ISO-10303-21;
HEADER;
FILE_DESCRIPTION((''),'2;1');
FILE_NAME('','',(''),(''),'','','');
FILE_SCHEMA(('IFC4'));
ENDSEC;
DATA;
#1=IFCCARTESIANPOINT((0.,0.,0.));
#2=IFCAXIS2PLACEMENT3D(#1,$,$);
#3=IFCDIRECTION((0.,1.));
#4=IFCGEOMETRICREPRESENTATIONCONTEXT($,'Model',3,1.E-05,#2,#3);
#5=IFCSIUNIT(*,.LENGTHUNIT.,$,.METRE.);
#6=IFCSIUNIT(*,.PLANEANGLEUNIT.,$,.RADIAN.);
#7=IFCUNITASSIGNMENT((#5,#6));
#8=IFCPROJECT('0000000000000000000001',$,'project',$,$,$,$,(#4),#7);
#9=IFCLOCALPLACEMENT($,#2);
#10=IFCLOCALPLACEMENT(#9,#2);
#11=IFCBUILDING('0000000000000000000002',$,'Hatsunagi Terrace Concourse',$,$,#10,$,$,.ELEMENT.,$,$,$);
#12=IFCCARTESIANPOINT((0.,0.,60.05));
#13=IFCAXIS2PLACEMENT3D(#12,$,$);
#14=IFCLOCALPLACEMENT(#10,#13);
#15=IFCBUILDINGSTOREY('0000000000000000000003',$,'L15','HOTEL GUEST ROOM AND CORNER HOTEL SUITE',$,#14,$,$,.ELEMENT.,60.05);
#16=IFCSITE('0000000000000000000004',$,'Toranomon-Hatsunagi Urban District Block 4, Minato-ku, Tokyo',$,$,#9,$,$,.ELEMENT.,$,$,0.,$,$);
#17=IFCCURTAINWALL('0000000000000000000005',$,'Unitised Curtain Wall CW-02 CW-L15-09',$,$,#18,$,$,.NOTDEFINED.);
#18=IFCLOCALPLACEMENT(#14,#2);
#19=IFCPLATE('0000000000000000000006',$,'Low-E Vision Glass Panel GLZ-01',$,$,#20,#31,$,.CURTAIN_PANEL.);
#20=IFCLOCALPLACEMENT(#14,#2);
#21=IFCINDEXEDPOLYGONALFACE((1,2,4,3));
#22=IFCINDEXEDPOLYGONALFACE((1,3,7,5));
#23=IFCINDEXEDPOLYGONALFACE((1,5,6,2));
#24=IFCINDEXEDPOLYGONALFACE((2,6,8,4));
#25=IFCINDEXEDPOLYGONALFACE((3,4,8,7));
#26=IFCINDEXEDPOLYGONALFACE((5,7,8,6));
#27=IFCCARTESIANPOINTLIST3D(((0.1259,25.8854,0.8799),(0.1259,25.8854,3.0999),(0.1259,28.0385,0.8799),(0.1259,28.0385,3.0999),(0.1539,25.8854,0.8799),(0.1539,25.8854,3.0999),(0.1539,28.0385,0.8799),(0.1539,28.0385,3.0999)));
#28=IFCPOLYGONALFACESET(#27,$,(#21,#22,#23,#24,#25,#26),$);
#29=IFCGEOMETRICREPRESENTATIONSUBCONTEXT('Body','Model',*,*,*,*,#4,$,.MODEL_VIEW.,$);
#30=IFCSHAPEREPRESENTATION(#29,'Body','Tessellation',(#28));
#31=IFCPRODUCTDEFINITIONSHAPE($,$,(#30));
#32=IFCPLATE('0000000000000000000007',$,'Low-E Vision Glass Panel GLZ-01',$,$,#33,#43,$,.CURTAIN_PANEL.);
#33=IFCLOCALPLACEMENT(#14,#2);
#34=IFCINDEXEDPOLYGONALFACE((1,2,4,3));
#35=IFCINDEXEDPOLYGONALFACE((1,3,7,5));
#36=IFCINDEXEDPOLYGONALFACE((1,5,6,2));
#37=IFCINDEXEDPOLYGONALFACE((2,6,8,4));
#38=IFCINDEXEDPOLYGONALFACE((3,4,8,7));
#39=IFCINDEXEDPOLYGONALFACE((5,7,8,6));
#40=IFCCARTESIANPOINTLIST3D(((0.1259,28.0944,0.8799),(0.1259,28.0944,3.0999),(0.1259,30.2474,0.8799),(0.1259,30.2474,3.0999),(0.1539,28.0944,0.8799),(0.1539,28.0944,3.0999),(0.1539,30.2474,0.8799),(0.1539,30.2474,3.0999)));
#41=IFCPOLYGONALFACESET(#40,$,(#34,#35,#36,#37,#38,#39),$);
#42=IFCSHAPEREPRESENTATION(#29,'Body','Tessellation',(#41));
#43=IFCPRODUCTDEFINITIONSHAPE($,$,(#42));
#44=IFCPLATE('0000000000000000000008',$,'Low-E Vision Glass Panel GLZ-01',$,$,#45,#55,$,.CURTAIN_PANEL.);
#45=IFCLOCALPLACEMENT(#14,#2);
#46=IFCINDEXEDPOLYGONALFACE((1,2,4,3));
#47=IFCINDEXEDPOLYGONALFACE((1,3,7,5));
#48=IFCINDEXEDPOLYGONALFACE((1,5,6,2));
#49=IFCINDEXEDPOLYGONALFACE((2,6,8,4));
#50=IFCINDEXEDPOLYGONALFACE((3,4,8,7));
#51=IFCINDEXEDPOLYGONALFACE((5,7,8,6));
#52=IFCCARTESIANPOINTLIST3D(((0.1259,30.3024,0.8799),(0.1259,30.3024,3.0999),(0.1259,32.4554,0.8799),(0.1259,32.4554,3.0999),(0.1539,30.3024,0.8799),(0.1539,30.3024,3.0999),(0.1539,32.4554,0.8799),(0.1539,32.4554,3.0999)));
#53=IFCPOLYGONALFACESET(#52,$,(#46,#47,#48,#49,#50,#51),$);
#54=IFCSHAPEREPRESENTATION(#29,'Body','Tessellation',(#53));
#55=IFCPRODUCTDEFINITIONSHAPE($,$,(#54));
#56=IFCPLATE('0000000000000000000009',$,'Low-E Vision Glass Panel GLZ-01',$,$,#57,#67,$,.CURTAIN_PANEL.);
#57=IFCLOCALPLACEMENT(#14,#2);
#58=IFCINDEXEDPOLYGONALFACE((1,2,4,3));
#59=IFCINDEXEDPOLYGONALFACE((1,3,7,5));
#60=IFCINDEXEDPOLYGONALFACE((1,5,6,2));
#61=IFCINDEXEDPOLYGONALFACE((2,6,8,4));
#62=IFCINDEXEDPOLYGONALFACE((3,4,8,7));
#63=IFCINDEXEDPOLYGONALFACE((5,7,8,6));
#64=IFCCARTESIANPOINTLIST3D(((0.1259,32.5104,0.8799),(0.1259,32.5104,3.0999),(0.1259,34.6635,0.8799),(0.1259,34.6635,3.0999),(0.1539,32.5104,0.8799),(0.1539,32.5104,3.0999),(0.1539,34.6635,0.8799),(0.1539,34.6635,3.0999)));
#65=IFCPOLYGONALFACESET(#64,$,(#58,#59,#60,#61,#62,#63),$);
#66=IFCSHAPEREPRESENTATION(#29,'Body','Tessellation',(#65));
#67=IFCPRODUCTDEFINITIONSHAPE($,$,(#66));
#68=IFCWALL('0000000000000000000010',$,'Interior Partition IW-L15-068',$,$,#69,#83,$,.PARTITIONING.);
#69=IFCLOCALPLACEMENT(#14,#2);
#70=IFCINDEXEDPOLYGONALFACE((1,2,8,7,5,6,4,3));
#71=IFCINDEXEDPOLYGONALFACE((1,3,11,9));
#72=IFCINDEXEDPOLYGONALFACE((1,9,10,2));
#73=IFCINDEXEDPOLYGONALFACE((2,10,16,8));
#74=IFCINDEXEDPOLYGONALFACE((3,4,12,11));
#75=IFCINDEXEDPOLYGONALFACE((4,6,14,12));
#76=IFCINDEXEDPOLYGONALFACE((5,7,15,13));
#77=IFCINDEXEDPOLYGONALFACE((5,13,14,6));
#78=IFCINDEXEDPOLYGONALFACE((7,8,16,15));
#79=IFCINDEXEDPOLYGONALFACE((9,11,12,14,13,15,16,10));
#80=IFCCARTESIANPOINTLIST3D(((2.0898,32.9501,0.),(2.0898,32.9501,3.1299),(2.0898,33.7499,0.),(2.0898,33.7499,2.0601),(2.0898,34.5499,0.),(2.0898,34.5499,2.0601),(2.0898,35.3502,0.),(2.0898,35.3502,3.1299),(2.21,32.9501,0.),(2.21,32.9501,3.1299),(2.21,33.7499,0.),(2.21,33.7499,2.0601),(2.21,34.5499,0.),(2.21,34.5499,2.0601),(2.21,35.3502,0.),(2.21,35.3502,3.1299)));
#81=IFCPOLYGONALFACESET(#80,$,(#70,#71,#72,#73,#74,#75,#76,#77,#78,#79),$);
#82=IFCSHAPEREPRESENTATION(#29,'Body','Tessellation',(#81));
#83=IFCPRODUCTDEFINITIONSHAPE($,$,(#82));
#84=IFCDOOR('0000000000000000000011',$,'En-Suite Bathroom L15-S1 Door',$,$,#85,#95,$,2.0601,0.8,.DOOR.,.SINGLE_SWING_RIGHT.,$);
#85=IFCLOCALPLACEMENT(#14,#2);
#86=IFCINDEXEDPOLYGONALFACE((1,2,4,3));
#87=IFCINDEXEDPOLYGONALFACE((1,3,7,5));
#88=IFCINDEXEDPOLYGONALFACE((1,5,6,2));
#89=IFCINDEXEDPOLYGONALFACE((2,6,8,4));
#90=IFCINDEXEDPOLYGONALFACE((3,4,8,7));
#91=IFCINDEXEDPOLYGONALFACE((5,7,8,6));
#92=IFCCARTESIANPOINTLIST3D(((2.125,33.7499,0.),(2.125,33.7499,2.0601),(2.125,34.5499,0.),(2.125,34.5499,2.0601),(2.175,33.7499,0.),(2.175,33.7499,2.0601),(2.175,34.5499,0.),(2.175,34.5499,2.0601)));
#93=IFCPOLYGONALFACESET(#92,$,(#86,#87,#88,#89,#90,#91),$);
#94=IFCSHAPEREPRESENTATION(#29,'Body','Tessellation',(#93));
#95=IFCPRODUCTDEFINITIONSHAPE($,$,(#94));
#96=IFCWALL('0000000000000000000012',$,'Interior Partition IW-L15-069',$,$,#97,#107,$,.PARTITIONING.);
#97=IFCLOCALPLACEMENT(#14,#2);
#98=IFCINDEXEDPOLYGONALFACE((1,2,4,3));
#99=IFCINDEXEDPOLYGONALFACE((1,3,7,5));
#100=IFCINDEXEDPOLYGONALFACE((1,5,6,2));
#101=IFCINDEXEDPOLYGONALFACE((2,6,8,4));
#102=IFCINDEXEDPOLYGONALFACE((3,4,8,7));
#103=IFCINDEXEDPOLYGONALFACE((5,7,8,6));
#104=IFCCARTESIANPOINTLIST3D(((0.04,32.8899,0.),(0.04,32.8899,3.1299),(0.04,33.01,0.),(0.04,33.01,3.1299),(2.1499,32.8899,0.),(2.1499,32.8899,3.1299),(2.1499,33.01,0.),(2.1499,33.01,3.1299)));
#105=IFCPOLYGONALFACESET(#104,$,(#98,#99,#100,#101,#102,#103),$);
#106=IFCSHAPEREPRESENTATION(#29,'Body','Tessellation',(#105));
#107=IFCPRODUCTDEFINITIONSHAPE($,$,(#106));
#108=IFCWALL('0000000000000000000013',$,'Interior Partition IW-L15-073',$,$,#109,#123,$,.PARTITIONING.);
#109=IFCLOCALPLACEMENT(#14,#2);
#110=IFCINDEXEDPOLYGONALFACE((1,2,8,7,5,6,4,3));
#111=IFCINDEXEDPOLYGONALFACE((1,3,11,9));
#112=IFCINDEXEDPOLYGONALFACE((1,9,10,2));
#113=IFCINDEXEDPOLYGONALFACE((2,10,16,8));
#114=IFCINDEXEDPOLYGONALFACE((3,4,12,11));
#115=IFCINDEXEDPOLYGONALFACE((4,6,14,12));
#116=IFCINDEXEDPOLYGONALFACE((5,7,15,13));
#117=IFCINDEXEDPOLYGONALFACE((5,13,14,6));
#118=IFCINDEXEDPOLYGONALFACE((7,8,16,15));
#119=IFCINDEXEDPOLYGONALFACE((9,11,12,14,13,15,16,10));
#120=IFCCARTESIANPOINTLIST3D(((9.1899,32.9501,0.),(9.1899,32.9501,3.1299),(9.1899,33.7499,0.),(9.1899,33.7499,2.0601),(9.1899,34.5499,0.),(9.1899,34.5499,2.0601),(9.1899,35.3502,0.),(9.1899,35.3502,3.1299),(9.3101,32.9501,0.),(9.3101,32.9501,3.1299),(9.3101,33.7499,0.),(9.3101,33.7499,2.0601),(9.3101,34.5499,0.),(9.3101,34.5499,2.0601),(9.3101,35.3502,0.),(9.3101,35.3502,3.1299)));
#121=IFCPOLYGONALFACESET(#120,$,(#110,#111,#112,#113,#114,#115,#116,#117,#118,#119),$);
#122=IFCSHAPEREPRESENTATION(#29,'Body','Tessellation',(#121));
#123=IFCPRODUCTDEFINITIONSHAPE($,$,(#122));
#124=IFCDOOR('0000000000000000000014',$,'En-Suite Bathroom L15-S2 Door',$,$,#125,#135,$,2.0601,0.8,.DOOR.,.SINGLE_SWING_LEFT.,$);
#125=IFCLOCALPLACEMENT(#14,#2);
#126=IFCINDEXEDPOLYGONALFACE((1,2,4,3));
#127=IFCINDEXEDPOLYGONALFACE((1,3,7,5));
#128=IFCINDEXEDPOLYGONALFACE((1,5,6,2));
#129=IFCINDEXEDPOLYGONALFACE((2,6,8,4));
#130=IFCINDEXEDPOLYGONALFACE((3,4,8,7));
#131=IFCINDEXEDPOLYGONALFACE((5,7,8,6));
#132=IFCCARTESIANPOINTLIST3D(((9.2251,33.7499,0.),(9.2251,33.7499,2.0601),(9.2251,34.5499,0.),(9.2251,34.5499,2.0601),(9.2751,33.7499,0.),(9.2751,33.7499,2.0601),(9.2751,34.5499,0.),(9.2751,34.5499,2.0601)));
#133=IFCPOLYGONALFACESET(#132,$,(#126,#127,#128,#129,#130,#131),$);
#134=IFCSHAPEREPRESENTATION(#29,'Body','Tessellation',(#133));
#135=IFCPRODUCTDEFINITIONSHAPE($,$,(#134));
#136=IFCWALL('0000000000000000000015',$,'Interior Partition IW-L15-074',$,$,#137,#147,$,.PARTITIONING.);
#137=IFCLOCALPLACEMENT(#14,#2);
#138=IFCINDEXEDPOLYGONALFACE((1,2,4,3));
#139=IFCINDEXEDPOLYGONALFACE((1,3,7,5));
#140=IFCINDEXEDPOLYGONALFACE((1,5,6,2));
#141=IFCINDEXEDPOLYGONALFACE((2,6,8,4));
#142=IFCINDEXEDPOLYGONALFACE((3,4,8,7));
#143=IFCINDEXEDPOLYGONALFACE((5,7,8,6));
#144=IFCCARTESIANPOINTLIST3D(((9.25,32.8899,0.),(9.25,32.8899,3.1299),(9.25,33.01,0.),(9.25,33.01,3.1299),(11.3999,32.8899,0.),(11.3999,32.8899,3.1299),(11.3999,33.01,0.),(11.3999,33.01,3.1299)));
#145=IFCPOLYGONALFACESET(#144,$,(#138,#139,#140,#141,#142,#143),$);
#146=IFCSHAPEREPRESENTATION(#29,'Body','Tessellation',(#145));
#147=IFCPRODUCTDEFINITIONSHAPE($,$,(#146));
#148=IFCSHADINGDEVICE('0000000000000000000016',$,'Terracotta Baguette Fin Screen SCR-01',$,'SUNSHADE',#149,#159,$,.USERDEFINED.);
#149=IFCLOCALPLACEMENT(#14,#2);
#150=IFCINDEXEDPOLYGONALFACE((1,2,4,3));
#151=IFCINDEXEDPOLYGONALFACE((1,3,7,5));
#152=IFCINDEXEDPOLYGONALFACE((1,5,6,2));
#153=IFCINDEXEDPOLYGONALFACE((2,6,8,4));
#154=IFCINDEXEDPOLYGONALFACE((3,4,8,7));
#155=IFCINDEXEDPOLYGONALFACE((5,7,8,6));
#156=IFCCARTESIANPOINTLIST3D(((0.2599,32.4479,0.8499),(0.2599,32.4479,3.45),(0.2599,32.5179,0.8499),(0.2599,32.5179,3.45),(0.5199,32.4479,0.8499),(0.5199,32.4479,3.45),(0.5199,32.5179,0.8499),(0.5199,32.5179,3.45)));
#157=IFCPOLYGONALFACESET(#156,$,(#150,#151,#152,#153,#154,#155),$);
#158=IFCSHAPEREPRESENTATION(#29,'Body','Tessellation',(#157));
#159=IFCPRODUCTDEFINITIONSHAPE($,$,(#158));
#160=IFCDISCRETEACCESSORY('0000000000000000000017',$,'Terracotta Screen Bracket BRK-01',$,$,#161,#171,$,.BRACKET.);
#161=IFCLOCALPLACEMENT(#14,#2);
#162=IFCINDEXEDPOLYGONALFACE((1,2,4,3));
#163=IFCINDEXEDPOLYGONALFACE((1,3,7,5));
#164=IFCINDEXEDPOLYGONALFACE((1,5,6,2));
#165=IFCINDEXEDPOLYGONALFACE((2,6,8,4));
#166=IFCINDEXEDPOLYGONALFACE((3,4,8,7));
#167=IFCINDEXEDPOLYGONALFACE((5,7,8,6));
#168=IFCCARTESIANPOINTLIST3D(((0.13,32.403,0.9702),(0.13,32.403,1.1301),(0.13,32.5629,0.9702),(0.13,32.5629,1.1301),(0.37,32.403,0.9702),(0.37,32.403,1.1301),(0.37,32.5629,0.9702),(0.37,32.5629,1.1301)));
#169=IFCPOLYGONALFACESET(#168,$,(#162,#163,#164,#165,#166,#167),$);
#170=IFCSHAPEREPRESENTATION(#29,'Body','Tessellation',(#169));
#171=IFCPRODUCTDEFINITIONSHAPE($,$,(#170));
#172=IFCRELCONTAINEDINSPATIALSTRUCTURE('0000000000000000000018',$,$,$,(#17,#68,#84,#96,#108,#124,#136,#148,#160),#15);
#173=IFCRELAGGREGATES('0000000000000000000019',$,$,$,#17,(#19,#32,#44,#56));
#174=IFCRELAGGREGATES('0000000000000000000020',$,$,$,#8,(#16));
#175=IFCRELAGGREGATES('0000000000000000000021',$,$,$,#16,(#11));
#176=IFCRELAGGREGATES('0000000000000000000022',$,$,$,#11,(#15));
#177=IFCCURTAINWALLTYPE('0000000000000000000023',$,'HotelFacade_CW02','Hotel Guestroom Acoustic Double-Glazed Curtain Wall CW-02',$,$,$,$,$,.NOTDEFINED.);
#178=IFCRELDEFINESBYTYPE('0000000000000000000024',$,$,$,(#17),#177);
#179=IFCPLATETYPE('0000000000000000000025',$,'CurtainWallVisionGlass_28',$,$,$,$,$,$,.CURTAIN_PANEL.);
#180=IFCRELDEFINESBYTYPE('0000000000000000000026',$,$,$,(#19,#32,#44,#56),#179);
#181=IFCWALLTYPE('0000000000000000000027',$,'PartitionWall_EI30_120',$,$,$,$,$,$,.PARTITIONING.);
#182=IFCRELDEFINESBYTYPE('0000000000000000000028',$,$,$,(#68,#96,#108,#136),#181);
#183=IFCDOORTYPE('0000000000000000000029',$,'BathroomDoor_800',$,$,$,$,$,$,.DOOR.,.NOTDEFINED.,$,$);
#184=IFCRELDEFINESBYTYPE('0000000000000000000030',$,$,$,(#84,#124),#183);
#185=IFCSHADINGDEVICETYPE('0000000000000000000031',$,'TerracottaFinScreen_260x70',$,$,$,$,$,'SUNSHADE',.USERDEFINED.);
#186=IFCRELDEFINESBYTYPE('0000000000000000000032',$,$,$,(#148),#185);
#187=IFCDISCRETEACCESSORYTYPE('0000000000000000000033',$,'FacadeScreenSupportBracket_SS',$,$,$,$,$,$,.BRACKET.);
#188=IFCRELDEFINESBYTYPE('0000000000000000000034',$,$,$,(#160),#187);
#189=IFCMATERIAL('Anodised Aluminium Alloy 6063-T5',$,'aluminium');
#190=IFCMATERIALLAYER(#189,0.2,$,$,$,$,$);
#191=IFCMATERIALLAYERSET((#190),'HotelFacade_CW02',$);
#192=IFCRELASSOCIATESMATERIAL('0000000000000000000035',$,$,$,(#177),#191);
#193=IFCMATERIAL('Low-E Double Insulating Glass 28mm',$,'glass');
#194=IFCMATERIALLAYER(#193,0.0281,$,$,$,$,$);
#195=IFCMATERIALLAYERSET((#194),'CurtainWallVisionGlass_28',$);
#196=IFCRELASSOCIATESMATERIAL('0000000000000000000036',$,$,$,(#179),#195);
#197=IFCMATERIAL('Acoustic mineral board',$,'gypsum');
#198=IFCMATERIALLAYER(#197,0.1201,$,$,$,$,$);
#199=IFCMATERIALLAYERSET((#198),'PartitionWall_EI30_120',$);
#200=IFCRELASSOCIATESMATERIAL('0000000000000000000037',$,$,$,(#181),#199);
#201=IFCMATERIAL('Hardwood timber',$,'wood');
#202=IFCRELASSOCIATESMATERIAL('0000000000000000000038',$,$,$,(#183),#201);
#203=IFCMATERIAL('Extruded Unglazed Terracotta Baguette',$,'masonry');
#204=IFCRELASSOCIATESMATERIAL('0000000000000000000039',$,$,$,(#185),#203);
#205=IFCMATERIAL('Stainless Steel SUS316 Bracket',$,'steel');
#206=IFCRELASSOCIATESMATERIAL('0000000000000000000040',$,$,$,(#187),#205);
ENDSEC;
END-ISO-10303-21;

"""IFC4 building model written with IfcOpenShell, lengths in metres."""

from ifc_helpers import new_model, si_unit, direction, frame, frame_2d, origin, origin_2d, place, context, subcontext, project, spatial, rectangle, extrude, material, layer, layer_set, type_object, element, fill, aggregate, save


model = new_model("IFC4")

# Units and contexts
model_context = context("Model", 3, precision=1e-05, world=origin(), true_north=direction((0.0, 1.0)))
body_context = subcontext(model_context, "Body", "Model", "MODEL_VIEW")
ifc_project = project(units=[si_unit("LENGTHUNIT", "METRE"), si_unit("PLANEANGLEUNIT", "RADIAN")], contexts=[model_context])

# Site, building, storey
site_placement = place(None, origin())
site = spatial("IfcSite", under=ifc_project, at=site_placement, Name="Toranomon-Hatsunagi Urban District Block 4, Minato-ku, Tokyo", CompositionType="ELEMENT", RefElevation=0.0)
building_placement = place(site_placement, origin())
building = spatial("IfcBuilding", under=site, at=building_placement, Name="Hatsunagi Terrace Concourse", CompositionType="ELEMENT")
storey_placement = place(building_placement, frame((0.0, 0.0, 60.05)))
storey = spatial("IfcBuildingStorey", under=building, at=storey_placement, Name="L15", Description="HOTEL GUEST ROOM AND CORNER HOTEL SUITE", CompositionType="ELEMENT", Elevation=60.05)

# Curtain wall
ifc_material_1 = material(Name="Anodised Aluminium Alloy 6063-T5", Category="aluminium")
ifc_layer_1 = layer(ifc_material_1, 0.2)
ifc_layer_set_1 = layer_set([ifc_layer_1], Name="HotelFacade_CW02")
curtain_wall_type = type_object("IfcCurtainWallType", Name="HotelFacade_CW02", Description="Hotel Guestroom Acoustic Double-Glazed Curtain Wall CW-02", PredefinedType="NOTDEFINED", material=ifc_layer_set_1)
curtain_wall_placement = place(storey_placement, origin())
curtain_wall = element("IfcCurtainWall", 1, at=curtain_wall_placement, inside=storey, type_object=curtain_wall_type, Name="Unitised Curtain Wall CW-02 CW-L15-09", PredefinedType="NOTDEFINED")

# Plates
ifc_material_2 = material(Name="Low-E Double Insulating Glass 28mm", Category="glass")
ifc_layer_2 = layer(ifc_material_2, 0.0281)
ifc_layer_set_2 = layer_set([ifc_layer_2], Name="CurtainWallVisionGlass_28")
plate_type_1 = type_object("IfcPlateType", Name="CurtainWallVisionGlass_28", PredefinedType="CURTAIN_PANEL", material=ifc_layer_set_2)
plate_1_placement = place(storey_placement, frame((0.1399, 26.9619, 0.8799), z_axis=(0.0, 0.0, 1.0), x_axis=(0.0, 1.0, 0.0)))
plate_1 = element("IfcPlate", 2, at=plate_1_placement, type_object=plate_type_1, Name="Low-E Vision Glass Panel GLZ-01", PredefinedType="CURTAIN_PANEL", context=body_context, shape_type="SweptSolid", body=[
    extrude(rectangle(XDim=2.1531, YDim=0.0281, at=origin_2d()), origin(), (0.0, 0.0, 1.0), 2.22),
])
plate_2_placement = place(storey_placement, frame((0.1399, 29.1709, 0.8799), z_axis=(0.0, 0.0, 1.0), x_axis=(0.0, 1.0, 0.0)))
plate_2 = element("IfcPlate", 3, at=plate_2_placement, type_object=plate_type_1, Name="Low-E Vision Glass Panel GLZ-01", PredefinedType="CURTAIN_PANEL", context=body_context, shape_type="SweptSolid", body=[
    extrude(rectangle(XDim=2.1531, YDim=0.0281, at=origin_2d()), origin(), (0.0, 0.0, 1.0), 2.22),
])
plate_3_placement = place(storey_placement, frame((0.1399, 31.3789, 0.8799), z_axis=(0.0, 0.0, 1.0), x_axis=(0.0, 1.0, 0.0)))
plate_3 = element("IfcPlate", 4, at=plate_3_placement, type_object=plate_type_1, Name="Low-E Vision Glass Panel GLZ-01", PredefinedType="CURTAIN_PANEL", context=body_context, shape_type="SweptSolid", body=[
    extrude(rectangle(XDim=2.1531, YDim=0.0281, at=origin_2d()), origin(), (0.0, 0.0, 1.0), 2.22),
])
plate_4_placement = place(storey_placement, frame((0.1399, 33.5869, 0.8799), z_axis=(0.0, 0.0, 1.0), x_axis=(0.0, 1.0, 0.0)))
plate_4 = element("IfcPlate", 5, at=plate_4_placement, type_object=plate_type_1, Name="Low-E Vision Glass Panel GLZ-01", PredefinedType="CURTAIN_PANEL", context=body_context, shape_type="SweptSolid", body=[
    extrude(rectangle(XDim=2.1531, YDim=0.0281, at=origin_2d()), origin(), (0.0, 0.0, 1.0), 2.22),
])
aggregate(curtain_wall, [plate_1, plate_2, plate_3, plate_4])

# Wall, opening, door
ifc_material_3 = material(Name="Acoustic mineral board", Category="gypsum")
ifc_layer_3 = layer(ifc_material_3, 0.1201)
ifc_layer_set_3 = layer_set([ifc_layer_3], Name="PartitionWall_EI30_120")
wall_type = type_object("IfcWallType", Name="PartitionWall_EI30_120", PredefinedType="PARTITIONING", material=ifc_layer_set_3)
wall_1_placement = place(storey_placement, frame((2.1499, 32.95, 0.0), z_axis=(0.0, 0.0, 1.0), x_axis=(0.0, 1.0, 0.0)))
wall_1 = element("IfcWall", 6, at=wall_1_placement, inside=storey, type_object=wall_type, Name="Interior Partition IW-L15-068", PredefinedType="PARTITIONING", context=body_context, shape_type="SweptSolid", body=[
    extrude(rectangle(XDim=2.4001, YDim=0.1201, at=frame_2d((1.2002, 0.0))), origin(), (0.0, 0.0, 1.0), 3.1299),
])
opening_1_placement = place(wall_1_placement, frame((0.8, 0.0, 0.0)))
opening_1 = element("IfcOpeningElement", 7, at=opening_1_placement, cuts=wall_1, PredefinedType="OPENING", context=body_context, shape_type="SweptSolid", body=[
    extrude(rectangle(XDim=0.8, YDim=2.0601, at=frame_2d((0.3999, 1.03))), frame((0.0, 0.0701, 0.0), z_axis=(0.0, -1.0, 0.0), x_axis=(1.0, 0.0, 0.0)), (0.0, 0.0, 1.0), 0.1401),
])
ifc_material_4 = material(Name="Hardwood timber", Category="wood")
door_type = type_object("IfcDoorType", Name="BathroomDoor_800", OperationType="NOTDEFINED", PredefinedType="DOOR", material=ifc_material_4)
door_1_placement = place(opening_1_placement, origin())
door_1 = element("IfcDoor", 8, at=door_1_placement, inside=storey, type_object=door_type, Name="En-Suite Bathroom L15-S1 Door", OperationType="SINGLE_SWING_RIGHT", OverallHeight=2.0601, OverallWidth=0.8, PredefinedType="DOOR", context=body_context, shape_type="SweptSolid", body=[
    extrude(rectangle(XDim=0.8, YDim=2.0601, at=frame_2d((0.3999, 1.03))), frame((0.0, 0.0249, 0.0), z_axis=(0.0, -1.0, 0.0), x_axis=(1.0, 0.0, 0.0)), (0.0, 0.0, 1.0), 0.05),
])
fill(opening_1, door_1)

# Wall
wall_2_placement = place(storey_placement, frame((0.04, 32.95, 0.0), z_axis=(0.0, 0.0, 1.0), x_axis=(1.0, 0.0, 0.0)))
element("IfcWall", 9, at=wall_2_placement, inside=storey, type_object=wall_type, Name="Interior Partition IW-L15-069", PredefinedType="PARTITIONING", context=body_context, shape_type="SweptSolid", body=[
    extrude(rectangle(XDim=2.1099, YDim=0.1201, at=frame_2d((1.0549, 0.0))), origin(), (0.0, 0.0, 1.0), 3.1299),
])

# Wall, opening, door
wall_3_placement = place(storey_placement, frame((9.25, 32.95, 0.0), z_axis=(0.0, 0.0, 1.0), x_axis=(0.0, 1.0, 0.0)))
wall_3 = element("IfcWall", 10, at=wall_3_placement, inside=storey, type_object=wall_type, Name="Interior Partition IW-L15-073", PredefinedType="PARTITIONING", context=body_context, shape_type="SweptSolid", body=[
    extrude(rectangle(XDim=2.4001, YDim=0.1201, at=frame_2d((1.2002, 0.0))), origin(), (0.0, 0.0, 1.0), 3.1299),
])
opening_2_placement = place(wall_3_placement, frame((0.8, 0.0, 0.0)))
opening_2 = element("IfcOpeningElement", 11, at=opening_2_placement, cuts=wall_3, PredefinedType="OPENING", context=body_context, shape_type="SweptSolid", body=[
    extrude(rectangle(XDim=0.8, YDim=2.0601, at=frame_2d((0.3999, 1.03))), frame((0.0, 0.0701, 0.0), z_axis=(0.0, -1.0, 0.0), x_axis=(1.0, 0.0, 0.0)), (0.0, 0.0, 1.0), 0.1401),
])
door_2_placement = place(opening_2_placement, origin())
door_2 = element("IfcDoor", 12, at=door_2_placement, inside=storey, type_object=door_type, Name="En-Suite Bathroom L15-S2 Door", OperationType="SINGLE_SWING_LEFT", OverallHeight=2.0601, OverallWidth=0.8, PredefinedType="DOOR", context=body_context, shape_type="SweptSolid", body=[
    extrude(rectangle(XDim=0.8, YDim=2.0601, at=frame_2d((0.3999, 1.03))), frame((0.0, 0.0249, 0.0), z_axis=(0.0, -1.0, 0.0), x_axis=(1.0, 0.0, 0.0)), (0.0, 0.0, 1.0), 0.05),
])
fill(opening_2, door_2)

# Wall
wall_4_placement = place(storey_placement, frame((9.25, 32.95, 0.0), z_axis=(0.0, 0.0, 1.0), x_axis=(1.0, 0.0, 0.0)))
element("IfcWall", 13, at=wall_4_placement, inside=storey, type_object=wall_type, Name="Interior Partition IW-L15-074", PredefinedType="PARTITIONING", context=body_context, shape_type="SweptSolid", body=[
    extrude(rectangle(XDim=2.1499, YDim=0.1201, at=frame_2d((1.075, 0.0))), origin(), (0.0, 0.0, 1.0), 3.1299),
])

# Shading device
ifc_material_5 = material(Name="Extruded Unglazed Terracotta Baguette", Category="masonry")
shading_device_type = type_object("IfcShadingDeviceType", Name="TerracottaFinScreen_260x70", ElementType="SUNSHADE", PredefinedType="USERDEFINED", material=ifc_material_5)
shading_device_placement = place(storey_placement, frame((0.3899, 32.4829, 0.8499), z_axis=(0.0, 0.0, 1.0), x_axis=(0.0, 1.0, 0.0)))
element("IfcShadingDevice", 14, at=shading_device_placement, inside=storey, type_object=shading_device_type, Name="Terracotta Baguette Fin Screen SCR-01", ObjectType="SUNSHADE", PredefinedType="USERDEFINED", context=body_context, shape_type="SweptSolid", body=[
    extrude(rectangle(XDim=0.0701, YDim=0.26, at=origin_2d()), origin(), (0.0, 0.0, 1.0), 2.6001),
])

# Discrete accessory
ifc_material_6 = material(Name="Stainless Steel SUS316 Bracket", Category="steel")
discrete_accessory_type = type_object("IfcDiscreteAccessoryType", Name="FacadeScreenSupportBracket_SS", PredefinedType="BRACKET", material=ifc_material_6)
discrete_accessory_placement = place(storey_placement, frame((0.25, 32.4829, 0.9702), z_axis=(0.0, 0.0, 1.0), x_axis=(0.0, 1.0, 0.0)))
element("IfcDiscreteAccessory", 15, at=discrete_accessory_placement, inside=storey, type_object=discrete_accessory_type, Name="Terracotta Screen Bracket BRK-01", PredefinedType="BRACKET", context=body_context, shape_type="SweptSolid", body=[
    extrude(rectangle(XDim=0.1599, YDim=0.24, at=origin_2d()), origin(), (0.0, 0.0, 1.0), 0.1599),
])

save(model, "model.ifc")
